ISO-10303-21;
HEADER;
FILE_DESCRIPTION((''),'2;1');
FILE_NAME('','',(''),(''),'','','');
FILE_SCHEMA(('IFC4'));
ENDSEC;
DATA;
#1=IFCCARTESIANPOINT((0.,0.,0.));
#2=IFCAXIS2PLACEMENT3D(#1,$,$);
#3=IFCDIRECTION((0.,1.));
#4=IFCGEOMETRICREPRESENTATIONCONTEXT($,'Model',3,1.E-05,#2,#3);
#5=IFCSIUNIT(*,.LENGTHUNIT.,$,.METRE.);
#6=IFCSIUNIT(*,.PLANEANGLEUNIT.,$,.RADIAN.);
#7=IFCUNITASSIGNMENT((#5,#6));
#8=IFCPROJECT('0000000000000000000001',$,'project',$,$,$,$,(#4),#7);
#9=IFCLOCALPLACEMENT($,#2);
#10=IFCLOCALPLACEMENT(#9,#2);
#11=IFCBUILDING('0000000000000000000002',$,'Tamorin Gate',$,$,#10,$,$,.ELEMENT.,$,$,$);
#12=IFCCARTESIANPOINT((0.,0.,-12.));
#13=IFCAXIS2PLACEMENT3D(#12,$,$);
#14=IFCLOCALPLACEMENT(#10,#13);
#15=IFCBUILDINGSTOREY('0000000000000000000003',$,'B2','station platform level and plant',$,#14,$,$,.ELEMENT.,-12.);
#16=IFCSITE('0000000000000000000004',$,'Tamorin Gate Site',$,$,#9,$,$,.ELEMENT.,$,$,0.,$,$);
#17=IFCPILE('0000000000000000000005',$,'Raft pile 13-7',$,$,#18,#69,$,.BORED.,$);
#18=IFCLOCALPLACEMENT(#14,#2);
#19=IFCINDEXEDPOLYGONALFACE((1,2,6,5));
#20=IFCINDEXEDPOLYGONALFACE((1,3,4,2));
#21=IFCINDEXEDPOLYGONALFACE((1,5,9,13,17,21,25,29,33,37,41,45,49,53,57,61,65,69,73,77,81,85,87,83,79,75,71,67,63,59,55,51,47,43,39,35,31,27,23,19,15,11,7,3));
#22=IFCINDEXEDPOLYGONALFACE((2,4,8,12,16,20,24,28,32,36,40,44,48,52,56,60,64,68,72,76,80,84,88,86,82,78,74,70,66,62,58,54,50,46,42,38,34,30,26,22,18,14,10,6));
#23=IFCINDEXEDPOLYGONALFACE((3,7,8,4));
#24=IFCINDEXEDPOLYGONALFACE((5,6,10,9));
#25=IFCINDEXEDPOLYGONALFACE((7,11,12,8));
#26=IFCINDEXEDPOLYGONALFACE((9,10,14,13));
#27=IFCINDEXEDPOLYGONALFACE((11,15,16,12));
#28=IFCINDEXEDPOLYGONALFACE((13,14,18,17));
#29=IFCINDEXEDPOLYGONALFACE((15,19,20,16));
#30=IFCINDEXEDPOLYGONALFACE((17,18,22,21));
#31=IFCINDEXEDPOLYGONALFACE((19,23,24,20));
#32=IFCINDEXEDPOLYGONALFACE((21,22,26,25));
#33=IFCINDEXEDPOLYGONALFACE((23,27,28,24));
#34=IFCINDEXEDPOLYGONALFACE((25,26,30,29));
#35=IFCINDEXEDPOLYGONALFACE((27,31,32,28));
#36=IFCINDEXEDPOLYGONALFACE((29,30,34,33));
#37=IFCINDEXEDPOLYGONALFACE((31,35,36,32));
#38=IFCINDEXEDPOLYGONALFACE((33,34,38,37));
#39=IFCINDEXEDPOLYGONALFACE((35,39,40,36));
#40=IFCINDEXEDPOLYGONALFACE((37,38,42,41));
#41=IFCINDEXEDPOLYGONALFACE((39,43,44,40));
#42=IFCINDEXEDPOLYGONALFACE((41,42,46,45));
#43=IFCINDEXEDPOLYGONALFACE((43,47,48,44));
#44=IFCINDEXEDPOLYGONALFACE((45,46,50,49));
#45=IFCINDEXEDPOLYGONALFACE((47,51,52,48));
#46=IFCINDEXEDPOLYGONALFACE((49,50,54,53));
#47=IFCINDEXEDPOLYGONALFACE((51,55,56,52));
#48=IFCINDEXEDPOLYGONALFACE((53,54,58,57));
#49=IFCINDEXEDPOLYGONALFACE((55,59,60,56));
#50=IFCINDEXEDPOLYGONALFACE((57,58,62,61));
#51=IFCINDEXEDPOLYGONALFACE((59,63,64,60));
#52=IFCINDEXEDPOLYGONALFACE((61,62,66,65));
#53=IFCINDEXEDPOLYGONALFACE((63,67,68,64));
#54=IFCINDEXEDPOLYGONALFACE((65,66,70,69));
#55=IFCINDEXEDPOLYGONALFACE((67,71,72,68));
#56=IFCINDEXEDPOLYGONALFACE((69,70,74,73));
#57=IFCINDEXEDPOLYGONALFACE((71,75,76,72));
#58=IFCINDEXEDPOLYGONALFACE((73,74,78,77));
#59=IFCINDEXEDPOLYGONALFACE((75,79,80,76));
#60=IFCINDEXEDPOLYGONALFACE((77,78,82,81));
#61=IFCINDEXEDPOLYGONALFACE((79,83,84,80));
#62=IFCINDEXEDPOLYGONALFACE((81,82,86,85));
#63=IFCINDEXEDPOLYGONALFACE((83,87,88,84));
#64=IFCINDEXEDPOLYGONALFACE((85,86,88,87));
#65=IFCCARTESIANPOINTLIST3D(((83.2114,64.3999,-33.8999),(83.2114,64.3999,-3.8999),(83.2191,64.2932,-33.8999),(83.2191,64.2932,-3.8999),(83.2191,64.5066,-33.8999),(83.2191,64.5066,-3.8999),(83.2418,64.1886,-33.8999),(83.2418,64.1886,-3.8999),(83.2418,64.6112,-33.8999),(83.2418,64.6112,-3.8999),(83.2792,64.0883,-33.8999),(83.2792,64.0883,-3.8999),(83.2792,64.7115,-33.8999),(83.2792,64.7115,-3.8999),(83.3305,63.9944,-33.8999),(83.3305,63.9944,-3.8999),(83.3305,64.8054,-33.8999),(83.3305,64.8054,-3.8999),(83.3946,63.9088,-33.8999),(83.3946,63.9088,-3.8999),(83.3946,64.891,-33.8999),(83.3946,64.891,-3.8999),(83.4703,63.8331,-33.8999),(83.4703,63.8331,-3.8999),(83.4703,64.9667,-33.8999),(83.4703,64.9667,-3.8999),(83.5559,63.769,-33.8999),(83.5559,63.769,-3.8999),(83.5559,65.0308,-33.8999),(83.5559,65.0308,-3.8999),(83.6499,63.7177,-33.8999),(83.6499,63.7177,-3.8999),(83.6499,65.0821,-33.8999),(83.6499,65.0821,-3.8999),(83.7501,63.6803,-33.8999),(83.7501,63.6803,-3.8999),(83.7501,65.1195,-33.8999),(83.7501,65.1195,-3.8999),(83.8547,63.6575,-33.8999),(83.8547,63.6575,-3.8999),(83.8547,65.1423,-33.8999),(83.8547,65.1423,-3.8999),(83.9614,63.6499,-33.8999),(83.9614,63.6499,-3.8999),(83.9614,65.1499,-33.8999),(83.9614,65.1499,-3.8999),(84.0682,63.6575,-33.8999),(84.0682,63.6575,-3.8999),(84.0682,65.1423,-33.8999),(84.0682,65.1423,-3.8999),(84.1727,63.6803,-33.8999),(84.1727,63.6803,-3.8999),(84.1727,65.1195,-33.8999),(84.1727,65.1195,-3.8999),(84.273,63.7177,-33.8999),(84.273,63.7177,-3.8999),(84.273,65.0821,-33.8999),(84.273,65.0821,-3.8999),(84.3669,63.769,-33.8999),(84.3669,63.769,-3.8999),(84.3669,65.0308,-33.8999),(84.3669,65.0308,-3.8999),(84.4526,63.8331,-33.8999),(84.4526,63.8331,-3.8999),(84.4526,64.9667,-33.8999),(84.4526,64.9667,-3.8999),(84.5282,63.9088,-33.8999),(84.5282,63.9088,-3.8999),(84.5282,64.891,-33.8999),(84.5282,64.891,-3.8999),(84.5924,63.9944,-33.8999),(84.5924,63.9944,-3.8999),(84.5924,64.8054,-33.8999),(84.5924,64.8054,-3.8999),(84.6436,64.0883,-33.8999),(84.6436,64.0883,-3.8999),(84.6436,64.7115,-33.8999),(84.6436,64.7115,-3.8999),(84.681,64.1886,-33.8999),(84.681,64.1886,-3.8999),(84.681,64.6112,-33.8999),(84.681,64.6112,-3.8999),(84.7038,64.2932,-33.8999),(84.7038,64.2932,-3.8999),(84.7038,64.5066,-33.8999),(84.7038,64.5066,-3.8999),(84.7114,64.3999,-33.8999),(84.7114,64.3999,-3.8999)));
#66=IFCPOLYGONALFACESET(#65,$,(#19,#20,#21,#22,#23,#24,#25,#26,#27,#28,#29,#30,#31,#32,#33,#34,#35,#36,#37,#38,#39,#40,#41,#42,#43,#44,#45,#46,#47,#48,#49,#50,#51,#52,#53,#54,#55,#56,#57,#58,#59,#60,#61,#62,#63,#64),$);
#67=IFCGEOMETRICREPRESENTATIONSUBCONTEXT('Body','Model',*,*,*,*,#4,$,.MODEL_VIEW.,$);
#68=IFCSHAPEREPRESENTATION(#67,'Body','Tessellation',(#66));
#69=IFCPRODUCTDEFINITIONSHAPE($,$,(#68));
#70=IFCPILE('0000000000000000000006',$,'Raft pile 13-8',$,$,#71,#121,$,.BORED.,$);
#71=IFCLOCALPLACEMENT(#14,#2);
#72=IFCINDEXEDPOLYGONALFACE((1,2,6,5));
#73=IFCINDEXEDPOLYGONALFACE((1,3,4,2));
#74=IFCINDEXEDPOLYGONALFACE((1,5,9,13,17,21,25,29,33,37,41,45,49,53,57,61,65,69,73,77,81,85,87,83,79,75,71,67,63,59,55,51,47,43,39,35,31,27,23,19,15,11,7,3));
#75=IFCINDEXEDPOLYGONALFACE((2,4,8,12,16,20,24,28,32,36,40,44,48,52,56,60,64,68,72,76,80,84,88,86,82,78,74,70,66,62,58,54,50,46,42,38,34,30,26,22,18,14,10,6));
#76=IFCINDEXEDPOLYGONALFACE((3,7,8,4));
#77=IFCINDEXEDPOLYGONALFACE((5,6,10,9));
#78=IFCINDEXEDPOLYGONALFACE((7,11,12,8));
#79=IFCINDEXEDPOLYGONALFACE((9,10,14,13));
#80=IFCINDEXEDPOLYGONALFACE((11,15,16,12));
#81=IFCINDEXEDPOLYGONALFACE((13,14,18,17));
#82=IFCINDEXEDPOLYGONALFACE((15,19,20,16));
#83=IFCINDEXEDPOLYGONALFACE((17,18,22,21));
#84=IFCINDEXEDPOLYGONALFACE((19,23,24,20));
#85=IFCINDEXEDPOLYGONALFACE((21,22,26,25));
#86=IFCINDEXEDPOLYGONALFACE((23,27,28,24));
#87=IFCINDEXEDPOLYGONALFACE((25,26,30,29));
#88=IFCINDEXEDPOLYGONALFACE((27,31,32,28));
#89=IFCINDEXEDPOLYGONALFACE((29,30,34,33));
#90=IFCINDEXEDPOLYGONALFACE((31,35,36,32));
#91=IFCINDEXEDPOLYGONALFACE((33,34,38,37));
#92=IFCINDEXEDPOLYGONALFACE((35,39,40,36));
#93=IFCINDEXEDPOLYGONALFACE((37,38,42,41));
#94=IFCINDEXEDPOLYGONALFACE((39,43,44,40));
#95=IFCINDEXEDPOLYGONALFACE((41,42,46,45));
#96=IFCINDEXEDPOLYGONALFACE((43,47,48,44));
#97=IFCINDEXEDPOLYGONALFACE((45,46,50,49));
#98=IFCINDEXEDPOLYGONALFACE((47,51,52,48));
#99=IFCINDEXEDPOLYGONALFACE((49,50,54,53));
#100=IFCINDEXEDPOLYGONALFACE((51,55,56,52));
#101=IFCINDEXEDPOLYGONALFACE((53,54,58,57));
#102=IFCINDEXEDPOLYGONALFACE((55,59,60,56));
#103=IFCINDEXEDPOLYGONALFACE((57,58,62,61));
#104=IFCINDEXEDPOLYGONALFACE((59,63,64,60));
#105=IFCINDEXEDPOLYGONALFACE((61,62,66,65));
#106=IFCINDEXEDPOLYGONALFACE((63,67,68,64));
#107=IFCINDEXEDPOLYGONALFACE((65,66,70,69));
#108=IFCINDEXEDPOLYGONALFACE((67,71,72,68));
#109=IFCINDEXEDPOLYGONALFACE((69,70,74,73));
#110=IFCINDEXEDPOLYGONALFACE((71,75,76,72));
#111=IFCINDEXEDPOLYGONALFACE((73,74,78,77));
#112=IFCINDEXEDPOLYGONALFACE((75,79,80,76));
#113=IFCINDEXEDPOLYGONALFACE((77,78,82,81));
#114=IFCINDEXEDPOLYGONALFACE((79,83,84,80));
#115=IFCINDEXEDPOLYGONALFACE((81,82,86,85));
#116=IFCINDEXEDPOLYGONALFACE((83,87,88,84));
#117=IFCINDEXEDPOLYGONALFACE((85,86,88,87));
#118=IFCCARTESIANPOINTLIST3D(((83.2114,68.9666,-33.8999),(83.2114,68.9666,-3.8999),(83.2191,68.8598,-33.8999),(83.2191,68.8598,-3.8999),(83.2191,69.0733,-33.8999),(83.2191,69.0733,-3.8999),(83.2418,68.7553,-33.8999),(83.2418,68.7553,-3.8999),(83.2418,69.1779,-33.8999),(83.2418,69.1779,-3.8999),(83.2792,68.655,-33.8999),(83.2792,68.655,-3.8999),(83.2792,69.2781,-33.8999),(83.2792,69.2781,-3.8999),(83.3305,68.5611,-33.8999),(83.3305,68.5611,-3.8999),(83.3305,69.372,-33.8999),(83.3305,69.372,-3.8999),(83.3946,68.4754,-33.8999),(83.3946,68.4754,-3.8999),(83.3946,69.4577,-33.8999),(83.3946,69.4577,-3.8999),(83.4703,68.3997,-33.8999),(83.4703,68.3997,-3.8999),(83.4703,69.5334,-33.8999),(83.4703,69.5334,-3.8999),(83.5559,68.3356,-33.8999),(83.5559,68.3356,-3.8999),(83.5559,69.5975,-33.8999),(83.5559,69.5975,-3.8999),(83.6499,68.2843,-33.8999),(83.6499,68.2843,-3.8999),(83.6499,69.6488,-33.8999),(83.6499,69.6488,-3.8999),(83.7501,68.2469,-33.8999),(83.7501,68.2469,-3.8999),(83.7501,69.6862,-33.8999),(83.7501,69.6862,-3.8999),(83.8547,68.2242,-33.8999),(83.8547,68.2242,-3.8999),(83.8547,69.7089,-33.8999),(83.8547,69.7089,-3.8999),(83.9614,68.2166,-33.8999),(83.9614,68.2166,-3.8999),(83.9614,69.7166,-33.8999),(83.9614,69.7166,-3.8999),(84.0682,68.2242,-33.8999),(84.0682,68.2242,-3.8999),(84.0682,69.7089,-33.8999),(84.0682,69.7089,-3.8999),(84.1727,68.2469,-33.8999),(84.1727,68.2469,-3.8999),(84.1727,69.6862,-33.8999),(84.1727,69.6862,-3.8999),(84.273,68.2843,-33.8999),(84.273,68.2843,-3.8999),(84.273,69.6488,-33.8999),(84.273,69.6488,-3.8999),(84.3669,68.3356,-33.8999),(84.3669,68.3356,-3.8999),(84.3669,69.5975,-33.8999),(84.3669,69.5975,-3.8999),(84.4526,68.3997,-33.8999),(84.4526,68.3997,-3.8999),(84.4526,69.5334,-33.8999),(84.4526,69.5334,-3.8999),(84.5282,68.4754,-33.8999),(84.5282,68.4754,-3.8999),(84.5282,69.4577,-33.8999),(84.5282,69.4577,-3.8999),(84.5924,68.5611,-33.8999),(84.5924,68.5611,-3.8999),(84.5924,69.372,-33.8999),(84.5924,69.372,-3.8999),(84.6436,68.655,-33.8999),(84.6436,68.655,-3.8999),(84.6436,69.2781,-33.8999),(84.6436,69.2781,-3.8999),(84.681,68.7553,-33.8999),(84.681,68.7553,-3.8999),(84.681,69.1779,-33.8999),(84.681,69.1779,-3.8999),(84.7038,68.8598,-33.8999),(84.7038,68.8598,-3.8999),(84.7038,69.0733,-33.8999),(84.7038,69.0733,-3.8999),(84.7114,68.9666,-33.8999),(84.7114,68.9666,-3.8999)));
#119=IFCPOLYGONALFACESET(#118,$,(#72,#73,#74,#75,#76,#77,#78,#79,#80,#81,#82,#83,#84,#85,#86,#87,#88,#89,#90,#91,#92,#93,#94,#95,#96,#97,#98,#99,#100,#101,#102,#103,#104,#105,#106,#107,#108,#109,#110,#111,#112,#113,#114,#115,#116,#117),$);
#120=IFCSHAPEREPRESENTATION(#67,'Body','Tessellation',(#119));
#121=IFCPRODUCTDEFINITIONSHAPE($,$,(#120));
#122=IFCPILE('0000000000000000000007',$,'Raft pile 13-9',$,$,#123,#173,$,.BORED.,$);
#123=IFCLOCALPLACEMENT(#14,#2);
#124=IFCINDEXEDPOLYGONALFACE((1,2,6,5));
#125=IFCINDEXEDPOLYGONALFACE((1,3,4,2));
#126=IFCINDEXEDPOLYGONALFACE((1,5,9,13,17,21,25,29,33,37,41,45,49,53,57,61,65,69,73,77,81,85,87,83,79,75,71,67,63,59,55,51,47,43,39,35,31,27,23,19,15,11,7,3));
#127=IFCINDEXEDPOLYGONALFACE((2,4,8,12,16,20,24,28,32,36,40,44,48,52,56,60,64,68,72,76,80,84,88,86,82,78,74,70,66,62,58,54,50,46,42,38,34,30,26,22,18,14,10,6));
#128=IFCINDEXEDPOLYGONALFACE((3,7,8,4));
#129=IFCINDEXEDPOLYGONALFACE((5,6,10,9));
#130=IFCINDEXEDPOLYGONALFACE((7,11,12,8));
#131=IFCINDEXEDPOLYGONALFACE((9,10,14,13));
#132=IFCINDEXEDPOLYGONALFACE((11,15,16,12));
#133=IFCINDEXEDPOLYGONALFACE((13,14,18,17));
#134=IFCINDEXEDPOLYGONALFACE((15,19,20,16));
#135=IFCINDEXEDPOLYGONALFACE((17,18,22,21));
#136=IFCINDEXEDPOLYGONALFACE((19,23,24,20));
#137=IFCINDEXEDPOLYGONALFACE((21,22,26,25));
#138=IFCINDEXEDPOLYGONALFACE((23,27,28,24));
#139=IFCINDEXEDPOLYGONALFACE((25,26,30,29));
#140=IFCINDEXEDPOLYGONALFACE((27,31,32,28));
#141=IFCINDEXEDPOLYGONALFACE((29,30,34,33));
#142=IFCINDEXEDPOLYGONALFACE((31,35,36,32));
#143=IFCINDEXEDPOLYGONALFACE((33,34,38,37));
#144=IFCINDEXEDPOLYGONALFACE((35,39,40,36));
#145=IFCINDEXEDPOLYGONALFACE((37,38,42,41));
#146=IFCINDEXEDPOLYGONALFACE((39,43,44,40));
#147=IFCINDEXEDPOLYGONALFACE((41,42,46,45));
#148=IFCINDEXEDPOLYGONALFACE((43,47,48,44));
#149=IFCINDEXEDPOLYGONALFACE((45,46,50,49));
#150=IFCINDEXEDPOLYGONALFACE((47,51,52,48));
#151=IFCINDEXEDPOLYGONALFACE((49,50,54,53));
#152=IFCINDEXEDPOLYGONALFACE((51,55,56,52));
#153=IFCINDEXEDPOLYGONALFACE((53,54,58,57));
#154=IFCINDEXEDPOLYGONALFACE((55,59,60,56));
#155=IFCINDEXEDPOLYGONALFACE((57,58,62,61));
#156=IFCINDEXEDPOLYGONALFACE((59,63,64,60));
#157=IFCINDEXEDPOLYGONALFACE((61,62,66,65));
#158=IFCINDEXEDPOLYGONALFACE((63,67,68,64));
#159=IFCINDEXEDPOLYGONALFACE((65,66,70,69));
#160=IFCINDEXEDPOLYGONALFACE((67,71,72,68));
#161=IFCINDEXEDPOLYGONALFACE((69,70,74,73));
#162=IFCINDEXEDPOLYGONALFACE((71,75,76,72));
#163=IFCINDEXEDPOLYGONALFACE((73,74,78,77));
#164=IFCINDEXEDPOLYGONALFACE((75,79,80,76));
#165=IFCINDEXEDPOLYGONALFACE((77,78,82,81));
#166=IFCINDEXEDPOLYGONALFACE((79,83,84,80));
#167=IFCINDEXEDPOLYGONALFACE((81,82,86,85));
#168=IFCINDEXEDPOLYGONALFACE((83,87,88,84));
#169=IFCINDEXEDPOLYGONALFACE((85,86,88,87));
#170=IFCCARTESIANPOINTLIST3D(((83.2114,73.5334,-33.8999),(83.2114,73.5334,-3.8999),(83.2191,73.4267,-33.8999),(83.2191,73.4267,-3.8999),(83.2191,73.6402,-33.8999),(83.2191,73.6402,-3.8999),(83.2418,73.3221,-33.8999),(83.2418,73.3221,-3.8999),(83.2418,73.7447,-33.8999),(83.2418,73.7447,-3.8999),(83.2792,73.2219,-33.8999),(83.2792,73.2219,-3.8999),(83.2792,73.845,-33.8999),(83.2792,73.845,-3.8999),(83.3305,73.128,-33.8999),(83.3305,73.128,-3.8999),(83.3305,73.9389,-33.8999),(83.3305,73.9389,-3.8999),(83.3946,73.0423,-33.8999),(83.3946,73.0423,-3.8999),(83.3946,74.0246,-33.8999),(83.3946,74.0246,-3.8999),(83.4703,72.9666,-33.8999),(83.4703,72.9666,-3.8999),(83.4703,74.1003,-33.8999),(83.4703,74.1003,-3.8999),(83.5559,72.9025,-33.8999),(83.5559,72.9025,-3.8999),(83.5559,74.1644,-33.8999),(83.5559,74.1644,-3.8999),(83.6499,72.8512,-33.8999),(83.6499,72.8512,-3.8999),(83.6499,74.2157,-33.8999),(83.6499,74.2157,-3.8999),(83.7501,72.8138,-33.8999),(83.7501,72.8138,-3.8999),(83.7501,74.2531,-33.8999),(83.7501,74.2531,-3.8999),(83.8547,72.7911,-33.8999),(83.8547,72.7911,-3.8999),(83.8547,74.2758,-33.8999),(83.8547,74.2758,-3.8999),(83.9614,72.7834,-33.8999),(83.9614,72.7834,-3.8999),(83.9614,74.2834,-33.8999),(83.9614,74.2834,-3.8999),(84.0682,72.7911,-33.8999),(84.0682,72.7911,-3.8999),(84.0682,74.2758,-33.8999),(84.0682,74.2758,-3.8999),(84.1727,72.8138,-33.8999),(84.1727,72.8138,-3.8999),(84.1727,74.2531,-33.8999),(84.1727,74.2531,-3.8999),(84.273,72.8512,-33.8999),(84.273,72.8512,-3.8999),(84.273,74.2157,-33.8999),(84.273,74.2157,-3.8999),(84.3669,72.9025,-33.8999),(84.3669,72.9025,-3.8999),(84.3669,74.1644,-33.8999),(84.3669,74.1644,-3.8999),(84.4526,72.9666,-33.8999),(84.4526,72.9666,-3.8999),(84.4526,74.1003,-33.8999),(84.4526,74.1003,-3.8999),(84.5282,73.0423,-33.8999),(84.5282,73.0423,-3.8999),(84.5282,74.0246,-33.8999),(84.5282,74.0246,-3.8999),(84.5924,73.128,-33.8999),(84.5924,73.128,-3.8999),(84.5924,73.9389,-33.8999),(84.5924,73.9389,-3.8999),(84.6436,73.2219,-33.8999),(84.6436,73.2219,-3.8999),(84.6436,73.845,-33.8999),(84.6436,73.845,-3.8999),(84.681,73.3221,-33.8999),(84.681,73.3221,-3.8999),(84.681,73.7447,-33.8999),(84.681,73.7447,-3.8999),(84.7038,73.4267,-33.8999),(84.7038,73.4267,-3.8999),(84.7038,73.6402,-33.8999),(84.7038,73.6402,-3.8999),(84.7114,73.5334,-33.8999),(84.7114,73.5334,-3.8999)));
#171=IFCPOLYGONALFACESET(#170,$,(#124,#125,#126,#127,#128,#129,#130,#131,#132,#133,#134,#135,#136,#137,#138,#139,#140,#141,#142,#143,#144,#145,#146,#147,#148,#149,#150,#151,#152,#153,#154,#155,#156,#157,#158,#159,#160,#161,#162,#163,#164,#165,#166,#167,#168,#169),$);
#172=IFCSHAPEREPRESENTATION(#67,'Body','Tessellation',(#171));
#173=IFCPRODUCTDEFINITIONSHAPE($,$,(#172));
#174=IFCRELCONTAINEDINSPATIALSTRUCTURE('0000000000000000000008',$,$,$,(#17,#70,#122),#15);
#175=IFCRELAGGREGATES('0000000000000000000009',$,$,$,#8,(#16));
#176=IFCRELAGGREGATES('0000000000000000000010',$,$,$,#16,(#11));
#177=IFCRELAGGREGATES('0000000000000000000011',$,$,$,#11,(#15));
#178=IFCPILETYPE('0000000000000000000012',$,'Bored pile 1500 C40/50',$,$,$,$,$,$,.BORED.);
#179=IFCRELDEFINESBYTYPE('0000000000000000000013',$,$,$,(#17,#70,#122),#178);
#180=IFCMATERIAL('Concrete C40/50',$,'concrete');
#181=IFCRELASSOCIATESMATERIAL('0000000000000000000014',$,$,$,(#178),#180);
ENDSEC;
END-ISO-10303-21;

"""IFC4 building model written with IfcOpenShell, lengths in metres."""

from ifc_helpers import new_model, si_unit, direction, frame, origin, origin_2d, place, context, subcontext, project, spatial, circle, extrude, material, material_profile, profile_set, type_object, element, save


model = new_model("IFC4")

# Units and contexts
model_context = context("Model", 3, precision=1e-05, world=origin(), true_north=direction((0.0, 1.0)))
body_context = subcontext(model_context, "Body", "Model", "MODEL_VIEW")
ifc_project = project(units=[si_unit("LENGTHUNIT", "METRE"), si_unit("PLANEANGLEUNIT", "RADIAN")], contexts=[model_context])

# Site, building, storey
site_placement = place(None, origin())
site = spatial("IfcSite", under=ifc_project, at=site_placement, Name="Tamorin Gate Site", CompositionType="ELEMENT", RefElevation=0.0)
building_placement = place(site_placement, origin())
building = spatial("IfcBuilding", under=site, at=building_placement, Name="Tamorin Gate", CompositionType="ELEMENT")
storey_placement = place(building_placement, frame((0.0, 0.0, -12.0)))
storey = spatial("IfcBuildingStorey", under=building, at=storey_placement, Name="B2", Description="station platform level and plant", CompositionType="ELEMENT", Elevation=-12.0)

# Piles
ifc_material_1 = material(Name="Concrete C40/50", Category="concrete")
ifc_material_profile_1 = material_profile(ifc_material_1, circle(Radius=0.75, at=origin_2d()))
ifc_profile_set_1 = profile_set([ifc_material_profile_1], Name="Concrete C40/50")
pile_type = type_object("IfcPileType", Name="Bored pile 1500 C40/50", PredefinedType="BORED", material=ifc_profile_set_1)
for number, where, z_axis, x_axis, name in (
    (1, (83.9614, 64.3999, -3.8999), (0.0, 0.0, -1.0), (1.0, 0.0, 0.0), "Raft pile 13-7"),
    (2, (83.9614, 68.9666, -3.8999), (0.0, 0.0, -1.0), (1.0, 0.0, 0.0), "Raft pile 13-8"),
    (3, (83.9614, 73.5334, -3.8999), (0.0, 0.0, -1.0), (1.0, 0.0, 0.0), "Raft pile 13-9"),
):
    element("IfcPile", number, at=place(storey_placement, frame(where, z_axis=z_axis, x_axis=x_axis)), inside=storey, type_object=pile_type, Name=name, PredefinedType="BORED", context=body_context, shape_type="SweptSolid", body=[
        extrude(circle(Radius=0.75, at=origin_2d()), origin(), (0.0, 0.0, 1.0), 30.0),
    ])

save(model, "model.ifc")
